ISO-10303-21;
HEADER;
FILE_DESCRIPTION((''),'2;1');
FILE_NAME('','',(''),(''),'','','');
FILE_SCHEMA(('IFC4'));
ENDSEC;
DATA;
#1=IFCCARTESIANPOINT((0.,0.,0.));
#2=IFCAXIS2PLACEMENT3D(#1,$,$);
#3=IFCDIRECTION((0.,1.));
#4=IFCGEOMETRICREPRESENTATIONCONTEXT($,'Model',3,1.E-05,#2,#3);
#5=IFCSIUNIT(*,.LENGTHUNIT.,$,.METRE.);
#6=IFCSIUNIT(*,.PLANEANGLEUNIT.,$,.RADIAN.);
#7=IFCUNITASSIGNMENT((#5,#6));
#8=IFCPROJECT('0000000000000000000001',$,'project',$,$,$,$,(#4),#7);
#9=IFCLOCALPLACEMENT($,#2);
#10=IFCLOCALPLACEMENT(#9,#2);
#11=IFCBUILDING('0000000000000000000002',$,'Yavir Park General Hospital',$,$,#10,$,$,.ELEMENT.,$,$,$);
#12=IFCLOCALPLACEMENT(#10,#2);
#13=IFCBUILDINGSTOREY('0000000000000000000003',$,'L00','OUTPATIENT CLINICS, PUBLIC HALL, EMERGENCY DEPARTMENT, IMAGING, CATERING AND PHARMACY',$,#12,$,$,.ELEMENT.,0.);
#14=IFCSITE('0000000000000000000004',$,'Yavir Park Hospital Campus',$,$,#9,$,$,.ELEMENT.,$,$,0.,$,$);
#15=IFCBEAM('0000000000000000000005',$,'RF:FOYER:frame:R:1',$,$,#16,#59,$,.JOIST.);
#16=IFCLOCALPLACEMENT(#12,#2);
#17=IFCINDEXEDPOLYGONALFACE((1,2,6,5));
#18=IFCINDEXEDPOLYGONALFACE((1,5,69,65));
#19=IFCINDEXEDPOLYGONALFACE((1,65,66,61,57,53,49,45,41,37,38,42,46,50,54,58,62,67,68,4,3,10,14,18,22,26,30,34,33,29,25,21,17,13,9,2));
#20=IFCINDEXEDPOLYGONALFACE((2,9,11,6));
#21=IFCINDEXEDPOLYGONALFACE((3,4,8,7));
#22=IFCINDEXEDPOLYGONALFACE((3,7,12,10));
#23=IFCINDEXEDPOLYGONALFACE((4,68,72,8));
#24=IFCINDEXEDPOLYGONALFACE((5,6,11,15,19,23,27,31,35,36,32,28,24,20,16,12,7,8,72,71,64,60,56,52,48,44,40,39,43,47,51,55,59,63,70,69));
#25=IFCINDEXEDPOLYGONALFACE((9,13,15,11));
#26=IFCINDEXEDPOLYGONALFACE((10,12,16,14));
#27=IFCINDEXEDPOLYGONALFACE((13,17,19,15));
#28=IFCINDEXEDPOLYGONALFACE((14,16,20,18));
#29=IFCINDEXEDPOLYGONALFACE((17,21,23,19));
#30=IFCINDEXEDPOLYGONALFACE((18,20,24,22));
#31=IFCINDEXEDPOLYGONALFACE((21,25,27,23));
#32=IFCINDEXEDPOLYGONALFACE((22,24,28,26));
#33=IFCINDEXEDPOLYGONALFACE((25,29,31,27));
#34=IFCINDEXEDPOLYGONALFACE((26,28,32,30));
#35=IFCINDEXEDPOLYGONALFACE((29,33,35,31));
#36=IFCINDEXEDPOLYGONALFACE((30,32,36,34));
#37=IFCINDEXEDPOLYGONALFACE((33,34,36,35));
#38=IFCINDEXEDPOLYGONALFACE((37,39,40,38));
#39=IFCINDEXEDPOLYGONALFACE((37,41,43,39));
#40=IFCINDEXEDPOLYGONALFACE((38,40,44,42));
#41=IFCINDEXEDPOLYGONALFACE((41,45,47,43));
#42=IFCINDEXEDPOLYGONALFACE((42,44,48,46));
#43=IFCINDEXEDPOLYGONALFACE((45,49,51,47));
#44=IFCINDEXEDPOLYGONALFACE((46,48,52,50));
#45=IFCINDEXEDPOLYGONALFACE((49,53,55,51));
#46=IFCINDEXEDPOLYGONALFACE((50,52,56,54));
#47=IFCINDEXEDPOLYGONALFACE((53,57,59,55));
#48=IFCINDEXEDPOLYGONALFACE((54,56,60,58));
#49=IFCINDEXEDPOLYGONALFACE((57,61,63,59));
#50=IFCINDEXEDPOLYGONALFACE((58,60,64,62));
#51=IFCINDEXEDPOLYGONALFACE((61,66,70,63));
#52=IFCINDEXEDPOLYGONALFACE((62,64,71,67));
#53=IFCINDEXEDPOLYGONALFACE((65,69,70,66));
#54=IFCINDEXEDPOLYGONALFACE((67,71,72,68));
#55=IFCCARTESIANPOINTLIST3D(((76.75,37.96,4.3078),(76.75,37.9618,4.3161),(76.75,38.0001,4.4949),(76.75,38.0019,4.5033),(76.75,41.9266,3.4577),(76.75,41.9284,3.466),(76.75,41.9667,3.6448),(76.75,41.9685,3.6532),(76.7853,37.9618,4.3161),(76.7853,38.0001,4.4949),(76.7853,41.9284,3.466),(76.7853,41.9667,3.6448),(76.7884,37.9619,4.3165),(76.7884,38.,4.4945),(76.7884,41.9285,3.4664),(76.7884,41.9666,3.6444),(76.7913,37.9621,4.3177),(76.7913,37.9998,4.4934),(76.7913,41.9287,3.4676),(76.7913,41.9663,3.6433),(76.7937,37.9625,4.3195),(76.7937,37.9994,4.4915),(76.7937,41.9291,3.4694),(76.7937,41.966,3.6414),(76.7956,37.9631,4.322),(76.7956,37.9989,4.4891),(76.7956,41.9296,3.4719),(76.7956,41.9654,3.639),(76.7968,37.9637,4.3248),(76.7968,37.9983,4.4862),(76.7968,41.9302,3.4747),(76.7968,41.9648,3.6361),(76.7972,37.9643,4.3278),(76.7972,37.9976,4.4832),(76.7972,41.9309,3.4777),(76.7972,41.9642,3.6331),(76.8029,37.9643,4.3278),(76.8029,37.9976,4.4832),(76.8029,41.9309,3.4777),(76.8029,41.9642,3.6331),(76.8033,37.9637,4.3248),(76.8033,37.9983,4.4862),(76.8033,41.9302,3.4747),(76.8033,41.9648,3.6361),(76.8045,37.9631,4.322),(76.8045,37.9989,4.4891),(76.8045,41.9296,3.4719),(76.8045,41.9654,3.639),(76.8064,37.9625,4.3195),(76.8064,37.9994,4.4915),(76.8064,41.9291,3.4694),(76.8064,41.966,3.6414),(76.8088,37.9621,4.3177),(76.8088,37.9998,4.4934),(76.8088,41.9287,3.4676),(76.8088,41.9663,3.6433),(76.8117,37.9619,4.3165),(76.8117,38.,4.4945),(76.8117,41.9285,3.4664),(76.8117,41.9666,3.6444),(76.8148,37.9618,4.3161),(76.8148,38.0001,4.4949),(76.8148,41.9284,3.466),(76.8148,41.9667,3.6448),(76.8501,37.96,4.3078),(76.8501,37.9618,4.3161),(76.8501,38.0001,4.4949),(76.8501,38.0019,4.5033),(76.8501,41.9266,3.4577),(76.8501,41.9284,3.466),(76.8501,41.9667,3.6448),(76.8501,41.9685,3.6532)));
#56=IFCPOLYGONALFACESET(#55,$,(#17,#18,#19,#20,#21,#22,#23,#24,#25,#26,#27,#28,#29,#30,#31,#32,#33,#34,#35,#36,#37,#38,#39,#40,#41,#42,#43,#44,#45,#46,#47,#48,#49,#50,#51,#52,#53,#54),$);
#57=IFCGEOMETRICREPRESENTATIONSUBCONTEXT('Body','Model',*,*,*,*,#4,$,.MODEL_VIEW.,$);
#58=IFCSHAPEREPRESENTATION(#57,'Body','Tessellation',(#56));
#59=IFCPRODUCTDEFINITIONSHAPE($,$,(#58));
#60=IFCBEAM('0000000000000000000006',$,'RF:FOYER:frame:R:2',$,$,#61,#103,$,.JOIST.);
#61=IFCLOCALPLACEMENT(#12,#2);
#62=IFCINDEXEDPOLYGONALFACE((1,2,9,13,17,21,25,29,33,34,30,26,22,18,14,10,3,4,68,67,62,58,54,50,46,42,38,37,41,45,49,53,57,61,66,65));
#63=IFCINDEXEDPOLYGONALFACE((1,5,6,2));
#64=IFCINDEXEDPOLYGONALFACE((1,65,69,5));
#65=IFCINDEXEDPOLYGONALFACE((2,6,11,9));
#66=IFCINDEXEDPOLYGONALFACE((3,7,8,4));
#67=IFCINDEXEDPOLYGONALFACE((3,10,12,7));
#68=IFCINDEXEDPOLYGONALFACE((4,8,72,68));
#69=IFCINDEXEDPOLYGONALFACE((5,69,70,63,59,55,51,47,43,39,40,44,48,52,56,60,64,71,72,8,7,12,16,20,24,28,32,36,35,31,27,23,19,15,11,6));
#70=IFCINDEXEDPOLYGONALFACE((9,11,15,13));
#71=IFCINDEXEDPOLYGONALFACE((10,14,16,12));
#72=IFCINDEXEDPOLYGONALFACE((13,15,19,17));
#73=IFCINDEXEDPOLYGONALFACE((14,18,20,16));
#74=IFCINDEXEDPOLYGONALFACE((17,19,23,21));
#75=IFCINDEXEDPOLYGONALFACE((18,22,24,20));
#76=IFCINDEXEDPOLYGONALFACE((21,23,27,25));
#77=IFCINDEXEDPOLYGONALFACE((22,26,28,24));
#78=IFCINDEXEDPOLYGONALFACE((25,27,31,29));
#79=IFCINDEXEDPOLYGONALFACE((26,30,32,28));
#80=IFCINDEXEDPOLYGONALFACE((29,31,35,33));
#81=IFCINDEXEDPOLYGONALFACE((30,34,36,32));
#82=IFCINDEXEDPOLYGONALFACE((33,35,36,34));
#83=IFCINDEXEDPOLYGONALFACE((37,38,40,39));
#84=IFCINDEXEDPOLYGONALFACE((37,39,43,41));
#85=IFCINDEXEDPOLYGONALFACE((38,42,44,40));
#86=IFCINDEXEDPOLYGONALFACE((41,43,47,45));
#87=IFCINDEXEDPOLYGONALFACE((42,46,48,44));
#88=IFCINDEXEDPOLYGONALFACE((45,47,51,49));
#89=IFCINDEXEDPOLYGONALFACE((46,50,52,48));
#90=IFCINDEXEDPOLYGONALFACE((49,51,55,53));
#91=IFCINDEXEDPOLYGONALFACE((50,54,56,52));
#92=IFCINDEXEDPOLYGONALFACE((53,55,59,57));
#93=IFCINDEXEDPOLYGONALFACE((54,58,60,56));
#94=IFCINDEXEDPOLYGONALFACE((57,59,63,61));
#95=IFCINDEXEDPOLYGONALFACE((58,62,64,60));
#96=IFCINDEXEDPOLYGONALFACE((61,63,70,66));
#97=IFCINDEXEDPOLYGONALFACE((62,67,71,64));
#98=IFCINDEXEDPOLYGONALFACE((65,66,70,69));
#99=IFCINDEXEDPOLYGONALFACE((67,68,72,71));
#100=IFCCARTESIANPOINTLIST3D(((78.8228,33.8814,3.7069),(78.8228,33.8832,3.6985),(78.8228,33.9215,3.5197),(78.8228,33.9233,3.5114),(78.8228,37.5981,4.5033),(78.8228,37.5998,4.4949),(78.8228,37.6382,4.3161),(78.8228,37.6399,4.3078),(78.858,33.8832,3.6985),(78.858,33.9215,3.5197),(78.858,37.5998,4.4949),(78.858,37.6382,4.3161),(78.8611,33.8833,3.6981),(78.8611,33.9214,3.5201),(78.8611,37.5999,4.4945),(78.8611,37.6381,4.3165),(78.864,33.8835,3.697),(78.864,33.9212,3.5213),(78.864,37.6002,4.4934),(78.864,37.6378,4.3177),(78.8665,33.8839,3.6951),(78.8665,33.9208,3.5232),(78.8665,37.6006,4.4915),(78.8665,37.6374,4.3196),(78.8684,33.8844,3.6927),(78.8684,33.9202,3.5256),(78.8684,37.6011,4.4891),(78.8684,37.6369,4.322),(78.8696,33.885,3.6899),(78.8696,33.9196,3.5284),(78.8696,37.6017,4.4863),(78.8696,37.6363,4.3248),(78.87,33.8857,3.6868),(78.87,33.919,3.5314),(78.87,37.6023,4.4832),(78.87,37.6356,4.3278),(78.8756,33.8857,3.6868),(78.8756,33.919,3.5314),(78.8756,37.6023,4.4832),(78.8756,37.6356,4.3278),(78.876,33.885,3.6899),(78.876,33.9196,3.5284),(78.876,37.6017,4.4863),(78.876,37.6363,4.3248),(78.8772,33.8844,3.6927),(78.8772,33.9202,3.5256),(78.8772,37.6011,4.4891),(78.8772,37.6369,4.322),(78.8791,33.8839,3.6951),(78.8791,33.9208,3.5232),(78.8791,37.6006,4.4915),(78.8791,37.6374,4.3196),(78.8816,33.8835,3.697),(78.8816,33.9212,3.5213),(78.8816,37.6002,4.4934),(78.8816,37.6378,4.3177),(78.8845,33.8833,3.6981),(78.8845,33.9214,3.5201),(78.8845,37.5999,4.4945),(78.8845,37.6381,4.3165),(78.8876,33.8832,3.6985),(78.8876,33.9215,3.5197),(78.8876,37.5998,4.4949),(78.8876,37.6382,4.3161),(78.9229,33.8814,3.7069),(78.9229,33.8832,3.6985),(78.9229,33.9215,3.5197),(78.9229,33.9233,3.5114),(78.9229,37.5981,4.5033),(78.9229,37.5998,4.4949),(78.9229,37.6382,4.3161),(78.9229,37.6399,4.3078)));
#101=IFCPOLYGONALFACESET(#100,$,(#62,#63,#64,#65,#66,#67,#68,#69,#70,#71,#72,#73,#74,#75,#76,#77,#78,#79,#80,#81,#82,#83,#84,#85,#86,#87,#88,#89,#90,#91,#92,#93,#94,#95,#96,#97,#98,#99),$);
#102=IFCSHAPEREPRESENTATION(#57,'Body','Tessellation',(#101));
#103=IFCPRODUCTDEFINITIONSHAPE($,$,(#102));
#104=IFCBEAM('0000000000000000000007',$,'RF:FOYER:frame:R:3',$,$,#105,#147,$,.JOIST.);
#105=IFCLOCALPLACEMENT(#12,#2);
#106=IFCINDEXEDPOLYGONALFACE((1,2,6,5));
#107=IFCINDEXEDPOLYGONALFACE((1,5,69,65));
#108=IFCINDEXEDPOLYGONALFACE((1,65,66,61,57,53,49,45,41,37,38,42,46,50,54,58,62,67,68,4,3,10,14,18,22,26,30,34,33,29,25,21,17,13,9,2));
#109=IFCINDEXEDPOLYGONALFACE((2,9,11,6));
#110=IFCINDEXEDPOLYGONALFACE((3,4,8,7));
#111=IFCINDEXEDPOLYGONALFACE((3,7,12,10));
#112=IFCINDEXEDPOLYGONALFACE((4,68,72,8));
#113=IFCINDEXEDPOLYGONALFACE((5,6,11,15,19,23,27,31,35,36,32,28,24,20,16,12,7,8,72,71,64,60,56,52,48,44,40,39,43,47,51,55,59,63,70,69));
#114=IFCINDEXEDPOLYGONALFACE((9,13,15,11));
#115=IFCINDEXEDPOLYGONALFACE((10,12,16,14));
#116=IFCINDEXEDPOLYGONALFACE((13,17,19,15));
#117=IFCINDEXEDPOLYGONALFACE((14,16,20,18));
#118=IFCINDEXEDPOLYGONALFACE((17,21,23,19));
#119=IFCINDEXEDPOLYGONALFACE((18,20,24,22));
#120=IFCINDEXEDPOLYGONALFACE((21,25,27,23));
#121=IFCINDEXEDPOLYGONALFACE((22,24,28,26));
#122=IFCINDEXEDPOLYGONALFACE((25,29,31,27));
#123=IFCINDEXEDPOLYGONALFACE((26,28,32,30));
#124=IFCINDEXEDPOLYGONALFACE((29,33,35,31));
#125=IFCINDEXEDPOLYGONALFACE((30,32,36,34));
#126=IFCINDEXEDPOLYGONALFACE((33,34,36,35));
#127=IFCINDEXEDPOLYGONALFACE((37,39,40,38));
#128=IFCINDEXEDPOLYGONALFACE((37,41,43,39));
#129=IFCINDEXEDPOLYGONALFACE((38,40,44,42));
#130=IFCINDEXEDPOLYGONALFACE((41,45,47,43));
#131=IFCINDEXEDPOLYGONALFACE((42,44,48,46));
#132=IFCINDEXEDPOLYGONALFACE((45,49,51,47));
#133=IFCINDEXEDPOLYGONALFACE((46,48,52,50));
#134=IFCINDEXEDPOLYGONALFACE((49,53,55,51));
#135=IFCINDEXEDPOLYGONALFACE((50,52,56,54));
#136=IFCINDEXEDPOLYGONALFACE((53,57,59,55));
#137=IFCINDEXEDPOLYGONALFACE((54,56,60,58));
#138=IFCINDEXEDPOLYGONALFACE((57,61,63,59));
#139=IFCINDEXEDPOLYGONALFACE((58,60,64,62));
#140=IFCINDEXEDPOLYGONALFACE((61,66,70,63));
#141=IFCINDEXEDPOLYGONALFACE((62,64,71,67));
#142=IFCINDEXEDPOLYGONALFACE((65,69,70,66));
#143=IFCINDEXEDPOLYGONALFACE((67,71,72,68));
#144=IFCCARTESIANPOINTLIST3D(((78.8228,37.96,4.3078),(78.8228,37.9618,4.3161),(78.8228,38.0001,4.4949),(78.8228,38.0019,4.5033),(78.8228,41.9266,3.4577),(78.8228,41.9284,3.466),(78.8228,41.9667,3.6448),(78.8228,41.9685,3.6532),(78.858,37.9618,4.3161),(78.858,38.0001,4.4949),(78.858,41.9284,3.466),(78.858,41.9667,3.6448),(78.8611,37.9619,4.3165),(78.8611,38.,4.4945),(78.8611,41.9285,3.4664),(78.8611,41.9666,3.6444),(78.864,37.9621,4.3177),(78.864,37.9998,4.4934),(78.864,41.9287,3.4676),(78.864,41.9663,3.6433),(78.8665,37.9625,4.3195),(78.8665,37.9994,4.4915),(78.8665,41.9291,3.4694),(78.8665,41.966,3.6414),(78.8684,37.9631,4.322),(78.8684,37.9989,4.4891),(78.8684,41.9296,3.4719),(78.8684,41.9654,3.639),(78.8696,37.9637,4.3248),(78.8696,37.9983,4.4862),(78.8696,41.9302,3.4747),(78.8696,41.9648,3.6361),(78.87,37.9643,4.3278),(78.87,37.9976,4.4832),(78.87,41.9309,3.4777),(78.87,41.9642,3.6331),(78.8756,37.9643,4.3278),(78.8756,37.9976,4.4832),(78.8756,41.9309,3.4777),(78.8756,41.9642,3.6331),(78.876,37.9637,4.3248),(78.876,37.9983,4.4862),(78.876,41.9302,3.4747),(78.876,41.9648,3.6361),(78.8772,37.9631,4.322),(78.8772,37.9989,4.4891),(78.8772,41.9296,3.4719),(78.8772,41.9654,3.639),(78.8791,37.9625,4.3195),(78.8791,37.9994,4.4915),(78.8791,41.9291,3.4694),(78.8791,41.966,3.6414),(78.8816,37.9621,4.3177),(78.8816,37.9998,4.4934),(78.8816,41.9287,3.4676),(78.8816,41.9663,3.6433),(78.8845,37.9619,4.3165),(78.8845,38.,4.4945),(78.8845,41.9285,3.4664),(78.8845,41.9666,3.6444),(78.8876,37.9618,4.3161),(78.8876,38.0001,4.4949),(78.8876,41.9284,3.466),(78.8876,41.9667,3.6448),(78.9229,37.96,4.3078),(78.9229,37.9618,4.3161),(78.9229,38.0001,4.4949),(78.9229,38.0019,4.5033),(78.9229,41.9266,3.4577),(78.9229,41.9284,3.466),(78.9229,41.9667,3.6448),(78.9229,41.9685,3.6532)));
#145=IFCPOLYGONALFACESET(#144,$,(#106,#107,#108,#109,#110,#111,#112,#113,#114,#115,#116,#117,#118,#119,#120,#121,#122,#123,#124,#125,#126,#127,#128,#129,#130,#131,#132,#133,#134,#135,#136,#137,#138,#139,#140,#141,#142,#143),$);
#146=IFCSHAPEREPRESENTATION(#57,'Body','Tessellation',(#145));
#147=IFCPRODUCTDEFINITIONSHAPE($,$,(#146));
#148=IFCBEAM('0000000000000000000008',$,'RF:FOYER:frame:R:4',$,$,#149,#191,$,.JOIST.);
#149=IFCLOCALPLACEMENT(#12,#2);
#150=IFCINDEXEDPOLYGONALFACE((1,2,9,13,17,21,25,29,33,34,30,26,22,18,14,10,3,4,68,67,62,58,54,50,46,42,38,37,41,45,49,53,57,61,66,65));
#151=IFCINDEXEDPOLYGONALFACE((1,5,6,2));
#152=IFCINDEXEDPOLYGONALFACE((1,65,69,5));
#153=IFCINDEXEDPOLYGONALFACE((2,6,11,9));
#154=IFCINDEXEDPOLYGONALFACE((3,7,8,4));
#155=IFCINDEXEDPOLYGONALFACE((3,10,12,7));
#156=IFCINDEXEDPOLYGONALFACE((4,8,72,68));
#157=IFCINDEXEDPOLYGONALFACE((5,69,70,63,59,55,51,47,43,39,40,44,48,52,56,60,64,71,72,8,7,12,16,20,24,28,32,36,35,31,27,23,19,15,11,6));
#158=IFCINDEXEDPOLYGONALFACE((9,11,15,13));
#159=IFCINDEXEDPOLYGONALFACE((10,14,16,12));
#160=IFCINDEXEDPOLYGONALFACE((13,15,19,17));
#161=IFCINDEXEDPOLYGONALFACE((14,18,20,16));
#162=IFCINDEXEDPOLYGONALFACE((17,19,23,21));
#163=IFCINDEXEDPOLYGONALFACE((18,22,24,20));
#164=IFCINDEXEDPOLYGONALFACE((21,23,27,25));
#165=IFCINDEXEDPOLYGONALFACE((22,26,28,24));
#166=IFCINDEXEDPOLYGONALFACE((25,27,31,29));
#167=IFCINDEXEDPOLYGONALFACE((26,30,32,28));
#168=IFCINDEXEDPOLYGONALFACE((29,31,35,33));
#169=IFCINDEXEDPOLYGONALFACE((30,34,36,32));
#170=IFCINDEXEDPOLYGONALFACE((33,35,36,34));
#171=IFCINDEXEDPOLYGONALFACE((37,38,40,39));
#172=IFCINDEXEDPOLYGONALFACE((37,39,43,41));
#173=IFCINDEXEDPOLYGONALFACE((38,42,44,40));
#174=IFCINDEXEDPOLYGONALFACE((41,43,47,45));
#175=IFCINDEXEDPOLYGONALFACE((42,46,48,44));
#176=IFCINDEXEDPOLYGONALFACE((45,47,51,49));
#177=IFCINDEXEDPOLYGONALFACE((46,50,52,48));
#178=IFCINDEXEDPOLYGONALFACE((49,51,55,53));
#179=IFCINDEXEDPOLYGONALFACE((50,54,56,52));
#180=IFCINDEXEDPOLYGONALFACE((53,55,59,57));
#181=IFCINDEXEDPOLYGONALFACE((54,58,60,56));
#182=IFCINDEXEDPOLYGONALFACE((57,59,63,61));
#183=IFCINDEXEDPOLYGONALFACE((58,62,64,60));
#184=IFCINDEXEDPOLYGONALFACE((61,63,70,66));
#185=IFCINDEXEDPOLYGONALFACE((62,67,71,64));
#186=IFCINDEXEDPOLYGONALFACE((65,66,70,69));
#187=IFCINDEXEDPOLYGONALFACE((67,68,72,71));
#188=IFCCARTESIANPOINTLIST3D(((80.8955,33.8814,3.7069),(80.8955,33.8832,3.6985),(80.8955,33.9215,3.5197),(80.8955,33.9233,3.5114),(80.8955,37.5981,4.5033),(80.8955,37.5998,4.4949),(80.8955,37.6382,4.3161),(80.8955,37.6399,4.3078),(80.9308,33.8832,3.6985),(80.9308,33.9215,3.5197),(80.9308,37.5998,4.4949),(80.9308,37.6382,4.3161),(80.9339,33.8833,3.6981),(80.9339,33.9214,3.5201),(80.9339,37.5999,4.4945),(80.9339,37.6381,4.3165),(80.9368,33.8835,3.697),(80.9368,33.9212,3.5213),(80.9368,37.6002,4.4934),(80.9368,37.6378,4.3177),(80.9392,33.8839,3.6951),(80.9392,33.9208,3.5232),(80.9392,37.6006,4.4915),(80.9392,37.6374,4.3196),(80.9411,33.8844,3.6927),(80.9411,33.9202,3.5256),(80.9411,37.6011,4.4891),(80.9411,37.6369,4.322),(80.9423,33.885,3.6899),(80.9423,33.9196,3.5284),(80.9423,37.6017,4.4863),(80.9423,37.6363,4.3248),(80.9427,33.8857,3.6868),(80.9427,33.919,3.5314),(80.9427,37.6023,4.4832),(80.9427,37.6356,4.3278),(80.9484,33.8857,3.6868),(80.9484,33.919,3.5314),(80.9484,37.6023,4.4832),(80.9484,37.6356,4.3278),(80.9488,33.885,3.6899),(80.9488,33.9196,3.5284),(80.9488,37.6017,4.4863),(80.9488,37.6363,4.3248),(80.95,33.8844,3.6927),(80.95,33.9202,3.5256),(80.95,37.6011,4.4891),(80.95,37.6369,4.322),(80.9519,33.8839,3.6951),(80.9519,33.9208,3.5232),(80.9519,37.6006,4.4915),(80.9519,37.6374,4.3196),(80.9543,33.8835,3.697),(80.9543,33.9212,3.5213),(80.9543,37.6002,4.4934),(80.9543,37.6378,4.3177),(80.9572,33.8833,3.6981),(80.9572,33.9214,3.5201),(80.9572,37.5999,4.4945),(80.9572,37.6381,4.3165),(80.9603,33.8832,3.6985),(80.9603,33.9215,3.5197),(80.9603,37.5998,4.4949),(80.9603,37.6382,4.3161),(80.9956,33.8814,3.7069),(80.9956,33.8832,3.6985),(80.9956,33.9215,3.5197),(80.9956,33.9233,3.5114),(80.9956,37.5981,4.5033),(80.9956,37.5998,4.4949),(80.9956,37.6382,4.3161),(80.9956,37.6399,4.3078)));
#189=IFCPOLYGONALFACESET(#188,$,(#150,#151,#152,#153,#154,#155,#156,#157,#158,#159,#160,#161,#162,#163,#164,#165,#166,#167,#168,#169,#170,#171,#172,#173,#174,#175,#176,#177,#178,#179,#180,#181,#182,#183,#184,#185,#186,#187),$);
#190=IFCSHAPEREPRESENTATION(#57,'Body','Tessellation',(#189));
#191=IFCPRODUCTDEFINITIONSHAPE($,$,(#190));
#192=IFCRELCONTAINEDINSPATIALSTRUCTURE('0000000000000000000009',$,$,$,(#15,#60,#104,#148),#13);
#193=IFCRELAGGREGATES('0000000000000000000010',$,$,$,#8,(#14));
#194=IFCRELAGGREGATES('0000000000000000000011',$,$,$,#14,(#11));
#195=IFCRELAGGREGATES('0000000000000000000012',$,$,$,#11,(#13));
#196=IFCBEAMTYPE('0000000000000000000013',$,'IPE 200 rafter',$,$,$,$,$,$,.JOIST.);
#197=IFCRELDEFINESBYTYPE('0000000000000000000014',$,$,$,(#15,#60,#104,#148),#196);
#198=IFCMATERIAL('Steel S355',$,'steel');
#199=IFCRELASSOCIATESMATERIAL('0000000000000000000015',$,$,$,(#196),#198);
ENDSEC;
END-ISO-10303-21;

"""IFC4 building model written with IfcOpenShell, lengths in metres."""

from ifc_helpers import new_model, si_unit, direction, frame, origin, origin_2d, place, context, subcontext, project, spatial, i_section, extrude, material, material_profile, profile_set, type_object, element, save


model = new_model("IFC4")

# Units and contexts
model_context = context("Model", 3, precision=1e-05, world=origin(), true_north=direction((0.0, 1.0)))
body_context = subcontext(model_context, "Body", "Model", "MODEL_VIEW")
ifc_project = project(units=[si_unit("LENGTHUNIT", "METRE"), si_unit("PLANEANGLEUNIT", "RADIAN")], contexts=[model_context])

# Site, building, storey
site_placement = place(None, origin())
site = spatial("IfcSite", under=ifc_project, at=site_placement, Name="Yavir Park Hospital Campus", CompositionType="ELEMENT", RefElevation=0.0)
building_placement = place(site_placement, origin())
building = spatial("IfcBuilding", under=site, at=building_placement, Name="Yavir Park General Hospital", CompositionType="ELEMENT")
storey_placement = place(building_placement, origin())
storey = spatial("IfcBuildingStorey", under=building, at=storey_placement, Name="L00", Description="OUTPATIENT CLINICS, PUBLIC HALL, EMERGENCY DEPARTMENT, IMAGING, CATERING AND PHARMACY", CompositionType="ELEMENT", Elevation=0.0)

# Beams
ifc_material_1 = material(Name="Steel S355", Category="steel")
ifc_material_profile_1 = material_profile(ifc_material_1, i_section(OverallWidth=0.1001, OverallDepth=0.2, WebThickness=0.0056, FlangeThickness=0.0085, FilletRadius=0.012, at=origin_2d()), Name="IPE200")
ifc_profile_set_1 = profile_set([ifc_material_profile_1], Name="Steel S355")
beam_type_1 = type_object("IfcBeamType", Name="IPE 200 rafter", PredefinedType="JOIST", material=ifc_profile_set_1)
beam_1_placement = place(storey_placement, frame((76.8, 37.981, 4.4055), z_axis=(0.0, 0.977796, -0.209558), x_axis=(-1.0, 0.0, 0.0)))
element("IfcBeam", 1, at=beam_1_placement, inside=storey, type_object=beam_type_1, Name="RF:FOYER:frame:R:1", PredefinedType="JOIST", context=body_context, shape_type="SweptSolid", body=[
    extrude(i_section(OverallWidth=0.1001, OverallDepth=0.2, WebThickness=0.0056, FlangeThickness=0.0085, FilletRadius=0.012, at=origin_2d()), origin(), (0.0, 0.0, 1.0), 4.0566),
])
beam_2_placement = place(storey_placement, frame((78.8728, 33.9023, 3.6091), z_axis=(0.0, 0.977803, 0.209525), x_axis=(-1.0, 0.0, 0.0)))
element("IfcBeam", 2, at=beam_2_placement, inside=storey, type_object=beam_type_1, Name="RF:FOYER:frame:R:2", PredefinedType="JOIST", context=body_context, shape_type="SweptSolid", body=[
    extrude(i_section(OverallWidth=0.1001, OverallDepth=0.2, WebThickness=0.0056, FlangeThickness=0.0085, FilletRadius=0.012, at=origin_2d()), origin(), (0.0, 0.0, 1.0), 3.801),
])
beam_3_placement = place(storey_placement, frame((78.8728, 37.981, 4.4055), z_axis=(0.0, 0.977796, -0.209558), x_axis=(-1.0, 0.0, 0.0)))
element("IfcBeam", 3, at=beam_3_placement, inside=storey, type_object=beam_type_1, Name="RF:FOYER:frame:R:3", PredefinedType="JOIST", context=body_context, shape_type="SweptSolid", body=[
    extrude(i_section(OverallWidth=0.1001, OverallDepth=0.2, WebThickness=0.0056, FlangeThickness=0.0085, FilletRadius=0.012, at=origin_2d()), origin(), (0.0, 0.0, 1.0), 4.0566),
])
beam_4_placement = place(storey_placement, frame((80.9456, 33.9023, 3.6091), z_axis=(0.0, 0.977803, 0.209525), x_axis=(-1.0, 0.0, 0.0)))
element("IfcBeam", 4, at=beam_4_placement, inside=storey, type_object=beam_type_1, Name="RF:FOYER:frame:R:4", PredefinedType="JOIST", context=body_context, shape_type="SweptSolid", body=[
    extrude(i_section(OverallWidth=0.1001, OverallDepth=0.2, WebThickness=0.0056, FlangeThickness=0.0085, FilletRadius=0.012, at=origin_2d()), origin(), (0.0, 0.0, 1.0), 3.801),
])

save(model, "model.ifc")
